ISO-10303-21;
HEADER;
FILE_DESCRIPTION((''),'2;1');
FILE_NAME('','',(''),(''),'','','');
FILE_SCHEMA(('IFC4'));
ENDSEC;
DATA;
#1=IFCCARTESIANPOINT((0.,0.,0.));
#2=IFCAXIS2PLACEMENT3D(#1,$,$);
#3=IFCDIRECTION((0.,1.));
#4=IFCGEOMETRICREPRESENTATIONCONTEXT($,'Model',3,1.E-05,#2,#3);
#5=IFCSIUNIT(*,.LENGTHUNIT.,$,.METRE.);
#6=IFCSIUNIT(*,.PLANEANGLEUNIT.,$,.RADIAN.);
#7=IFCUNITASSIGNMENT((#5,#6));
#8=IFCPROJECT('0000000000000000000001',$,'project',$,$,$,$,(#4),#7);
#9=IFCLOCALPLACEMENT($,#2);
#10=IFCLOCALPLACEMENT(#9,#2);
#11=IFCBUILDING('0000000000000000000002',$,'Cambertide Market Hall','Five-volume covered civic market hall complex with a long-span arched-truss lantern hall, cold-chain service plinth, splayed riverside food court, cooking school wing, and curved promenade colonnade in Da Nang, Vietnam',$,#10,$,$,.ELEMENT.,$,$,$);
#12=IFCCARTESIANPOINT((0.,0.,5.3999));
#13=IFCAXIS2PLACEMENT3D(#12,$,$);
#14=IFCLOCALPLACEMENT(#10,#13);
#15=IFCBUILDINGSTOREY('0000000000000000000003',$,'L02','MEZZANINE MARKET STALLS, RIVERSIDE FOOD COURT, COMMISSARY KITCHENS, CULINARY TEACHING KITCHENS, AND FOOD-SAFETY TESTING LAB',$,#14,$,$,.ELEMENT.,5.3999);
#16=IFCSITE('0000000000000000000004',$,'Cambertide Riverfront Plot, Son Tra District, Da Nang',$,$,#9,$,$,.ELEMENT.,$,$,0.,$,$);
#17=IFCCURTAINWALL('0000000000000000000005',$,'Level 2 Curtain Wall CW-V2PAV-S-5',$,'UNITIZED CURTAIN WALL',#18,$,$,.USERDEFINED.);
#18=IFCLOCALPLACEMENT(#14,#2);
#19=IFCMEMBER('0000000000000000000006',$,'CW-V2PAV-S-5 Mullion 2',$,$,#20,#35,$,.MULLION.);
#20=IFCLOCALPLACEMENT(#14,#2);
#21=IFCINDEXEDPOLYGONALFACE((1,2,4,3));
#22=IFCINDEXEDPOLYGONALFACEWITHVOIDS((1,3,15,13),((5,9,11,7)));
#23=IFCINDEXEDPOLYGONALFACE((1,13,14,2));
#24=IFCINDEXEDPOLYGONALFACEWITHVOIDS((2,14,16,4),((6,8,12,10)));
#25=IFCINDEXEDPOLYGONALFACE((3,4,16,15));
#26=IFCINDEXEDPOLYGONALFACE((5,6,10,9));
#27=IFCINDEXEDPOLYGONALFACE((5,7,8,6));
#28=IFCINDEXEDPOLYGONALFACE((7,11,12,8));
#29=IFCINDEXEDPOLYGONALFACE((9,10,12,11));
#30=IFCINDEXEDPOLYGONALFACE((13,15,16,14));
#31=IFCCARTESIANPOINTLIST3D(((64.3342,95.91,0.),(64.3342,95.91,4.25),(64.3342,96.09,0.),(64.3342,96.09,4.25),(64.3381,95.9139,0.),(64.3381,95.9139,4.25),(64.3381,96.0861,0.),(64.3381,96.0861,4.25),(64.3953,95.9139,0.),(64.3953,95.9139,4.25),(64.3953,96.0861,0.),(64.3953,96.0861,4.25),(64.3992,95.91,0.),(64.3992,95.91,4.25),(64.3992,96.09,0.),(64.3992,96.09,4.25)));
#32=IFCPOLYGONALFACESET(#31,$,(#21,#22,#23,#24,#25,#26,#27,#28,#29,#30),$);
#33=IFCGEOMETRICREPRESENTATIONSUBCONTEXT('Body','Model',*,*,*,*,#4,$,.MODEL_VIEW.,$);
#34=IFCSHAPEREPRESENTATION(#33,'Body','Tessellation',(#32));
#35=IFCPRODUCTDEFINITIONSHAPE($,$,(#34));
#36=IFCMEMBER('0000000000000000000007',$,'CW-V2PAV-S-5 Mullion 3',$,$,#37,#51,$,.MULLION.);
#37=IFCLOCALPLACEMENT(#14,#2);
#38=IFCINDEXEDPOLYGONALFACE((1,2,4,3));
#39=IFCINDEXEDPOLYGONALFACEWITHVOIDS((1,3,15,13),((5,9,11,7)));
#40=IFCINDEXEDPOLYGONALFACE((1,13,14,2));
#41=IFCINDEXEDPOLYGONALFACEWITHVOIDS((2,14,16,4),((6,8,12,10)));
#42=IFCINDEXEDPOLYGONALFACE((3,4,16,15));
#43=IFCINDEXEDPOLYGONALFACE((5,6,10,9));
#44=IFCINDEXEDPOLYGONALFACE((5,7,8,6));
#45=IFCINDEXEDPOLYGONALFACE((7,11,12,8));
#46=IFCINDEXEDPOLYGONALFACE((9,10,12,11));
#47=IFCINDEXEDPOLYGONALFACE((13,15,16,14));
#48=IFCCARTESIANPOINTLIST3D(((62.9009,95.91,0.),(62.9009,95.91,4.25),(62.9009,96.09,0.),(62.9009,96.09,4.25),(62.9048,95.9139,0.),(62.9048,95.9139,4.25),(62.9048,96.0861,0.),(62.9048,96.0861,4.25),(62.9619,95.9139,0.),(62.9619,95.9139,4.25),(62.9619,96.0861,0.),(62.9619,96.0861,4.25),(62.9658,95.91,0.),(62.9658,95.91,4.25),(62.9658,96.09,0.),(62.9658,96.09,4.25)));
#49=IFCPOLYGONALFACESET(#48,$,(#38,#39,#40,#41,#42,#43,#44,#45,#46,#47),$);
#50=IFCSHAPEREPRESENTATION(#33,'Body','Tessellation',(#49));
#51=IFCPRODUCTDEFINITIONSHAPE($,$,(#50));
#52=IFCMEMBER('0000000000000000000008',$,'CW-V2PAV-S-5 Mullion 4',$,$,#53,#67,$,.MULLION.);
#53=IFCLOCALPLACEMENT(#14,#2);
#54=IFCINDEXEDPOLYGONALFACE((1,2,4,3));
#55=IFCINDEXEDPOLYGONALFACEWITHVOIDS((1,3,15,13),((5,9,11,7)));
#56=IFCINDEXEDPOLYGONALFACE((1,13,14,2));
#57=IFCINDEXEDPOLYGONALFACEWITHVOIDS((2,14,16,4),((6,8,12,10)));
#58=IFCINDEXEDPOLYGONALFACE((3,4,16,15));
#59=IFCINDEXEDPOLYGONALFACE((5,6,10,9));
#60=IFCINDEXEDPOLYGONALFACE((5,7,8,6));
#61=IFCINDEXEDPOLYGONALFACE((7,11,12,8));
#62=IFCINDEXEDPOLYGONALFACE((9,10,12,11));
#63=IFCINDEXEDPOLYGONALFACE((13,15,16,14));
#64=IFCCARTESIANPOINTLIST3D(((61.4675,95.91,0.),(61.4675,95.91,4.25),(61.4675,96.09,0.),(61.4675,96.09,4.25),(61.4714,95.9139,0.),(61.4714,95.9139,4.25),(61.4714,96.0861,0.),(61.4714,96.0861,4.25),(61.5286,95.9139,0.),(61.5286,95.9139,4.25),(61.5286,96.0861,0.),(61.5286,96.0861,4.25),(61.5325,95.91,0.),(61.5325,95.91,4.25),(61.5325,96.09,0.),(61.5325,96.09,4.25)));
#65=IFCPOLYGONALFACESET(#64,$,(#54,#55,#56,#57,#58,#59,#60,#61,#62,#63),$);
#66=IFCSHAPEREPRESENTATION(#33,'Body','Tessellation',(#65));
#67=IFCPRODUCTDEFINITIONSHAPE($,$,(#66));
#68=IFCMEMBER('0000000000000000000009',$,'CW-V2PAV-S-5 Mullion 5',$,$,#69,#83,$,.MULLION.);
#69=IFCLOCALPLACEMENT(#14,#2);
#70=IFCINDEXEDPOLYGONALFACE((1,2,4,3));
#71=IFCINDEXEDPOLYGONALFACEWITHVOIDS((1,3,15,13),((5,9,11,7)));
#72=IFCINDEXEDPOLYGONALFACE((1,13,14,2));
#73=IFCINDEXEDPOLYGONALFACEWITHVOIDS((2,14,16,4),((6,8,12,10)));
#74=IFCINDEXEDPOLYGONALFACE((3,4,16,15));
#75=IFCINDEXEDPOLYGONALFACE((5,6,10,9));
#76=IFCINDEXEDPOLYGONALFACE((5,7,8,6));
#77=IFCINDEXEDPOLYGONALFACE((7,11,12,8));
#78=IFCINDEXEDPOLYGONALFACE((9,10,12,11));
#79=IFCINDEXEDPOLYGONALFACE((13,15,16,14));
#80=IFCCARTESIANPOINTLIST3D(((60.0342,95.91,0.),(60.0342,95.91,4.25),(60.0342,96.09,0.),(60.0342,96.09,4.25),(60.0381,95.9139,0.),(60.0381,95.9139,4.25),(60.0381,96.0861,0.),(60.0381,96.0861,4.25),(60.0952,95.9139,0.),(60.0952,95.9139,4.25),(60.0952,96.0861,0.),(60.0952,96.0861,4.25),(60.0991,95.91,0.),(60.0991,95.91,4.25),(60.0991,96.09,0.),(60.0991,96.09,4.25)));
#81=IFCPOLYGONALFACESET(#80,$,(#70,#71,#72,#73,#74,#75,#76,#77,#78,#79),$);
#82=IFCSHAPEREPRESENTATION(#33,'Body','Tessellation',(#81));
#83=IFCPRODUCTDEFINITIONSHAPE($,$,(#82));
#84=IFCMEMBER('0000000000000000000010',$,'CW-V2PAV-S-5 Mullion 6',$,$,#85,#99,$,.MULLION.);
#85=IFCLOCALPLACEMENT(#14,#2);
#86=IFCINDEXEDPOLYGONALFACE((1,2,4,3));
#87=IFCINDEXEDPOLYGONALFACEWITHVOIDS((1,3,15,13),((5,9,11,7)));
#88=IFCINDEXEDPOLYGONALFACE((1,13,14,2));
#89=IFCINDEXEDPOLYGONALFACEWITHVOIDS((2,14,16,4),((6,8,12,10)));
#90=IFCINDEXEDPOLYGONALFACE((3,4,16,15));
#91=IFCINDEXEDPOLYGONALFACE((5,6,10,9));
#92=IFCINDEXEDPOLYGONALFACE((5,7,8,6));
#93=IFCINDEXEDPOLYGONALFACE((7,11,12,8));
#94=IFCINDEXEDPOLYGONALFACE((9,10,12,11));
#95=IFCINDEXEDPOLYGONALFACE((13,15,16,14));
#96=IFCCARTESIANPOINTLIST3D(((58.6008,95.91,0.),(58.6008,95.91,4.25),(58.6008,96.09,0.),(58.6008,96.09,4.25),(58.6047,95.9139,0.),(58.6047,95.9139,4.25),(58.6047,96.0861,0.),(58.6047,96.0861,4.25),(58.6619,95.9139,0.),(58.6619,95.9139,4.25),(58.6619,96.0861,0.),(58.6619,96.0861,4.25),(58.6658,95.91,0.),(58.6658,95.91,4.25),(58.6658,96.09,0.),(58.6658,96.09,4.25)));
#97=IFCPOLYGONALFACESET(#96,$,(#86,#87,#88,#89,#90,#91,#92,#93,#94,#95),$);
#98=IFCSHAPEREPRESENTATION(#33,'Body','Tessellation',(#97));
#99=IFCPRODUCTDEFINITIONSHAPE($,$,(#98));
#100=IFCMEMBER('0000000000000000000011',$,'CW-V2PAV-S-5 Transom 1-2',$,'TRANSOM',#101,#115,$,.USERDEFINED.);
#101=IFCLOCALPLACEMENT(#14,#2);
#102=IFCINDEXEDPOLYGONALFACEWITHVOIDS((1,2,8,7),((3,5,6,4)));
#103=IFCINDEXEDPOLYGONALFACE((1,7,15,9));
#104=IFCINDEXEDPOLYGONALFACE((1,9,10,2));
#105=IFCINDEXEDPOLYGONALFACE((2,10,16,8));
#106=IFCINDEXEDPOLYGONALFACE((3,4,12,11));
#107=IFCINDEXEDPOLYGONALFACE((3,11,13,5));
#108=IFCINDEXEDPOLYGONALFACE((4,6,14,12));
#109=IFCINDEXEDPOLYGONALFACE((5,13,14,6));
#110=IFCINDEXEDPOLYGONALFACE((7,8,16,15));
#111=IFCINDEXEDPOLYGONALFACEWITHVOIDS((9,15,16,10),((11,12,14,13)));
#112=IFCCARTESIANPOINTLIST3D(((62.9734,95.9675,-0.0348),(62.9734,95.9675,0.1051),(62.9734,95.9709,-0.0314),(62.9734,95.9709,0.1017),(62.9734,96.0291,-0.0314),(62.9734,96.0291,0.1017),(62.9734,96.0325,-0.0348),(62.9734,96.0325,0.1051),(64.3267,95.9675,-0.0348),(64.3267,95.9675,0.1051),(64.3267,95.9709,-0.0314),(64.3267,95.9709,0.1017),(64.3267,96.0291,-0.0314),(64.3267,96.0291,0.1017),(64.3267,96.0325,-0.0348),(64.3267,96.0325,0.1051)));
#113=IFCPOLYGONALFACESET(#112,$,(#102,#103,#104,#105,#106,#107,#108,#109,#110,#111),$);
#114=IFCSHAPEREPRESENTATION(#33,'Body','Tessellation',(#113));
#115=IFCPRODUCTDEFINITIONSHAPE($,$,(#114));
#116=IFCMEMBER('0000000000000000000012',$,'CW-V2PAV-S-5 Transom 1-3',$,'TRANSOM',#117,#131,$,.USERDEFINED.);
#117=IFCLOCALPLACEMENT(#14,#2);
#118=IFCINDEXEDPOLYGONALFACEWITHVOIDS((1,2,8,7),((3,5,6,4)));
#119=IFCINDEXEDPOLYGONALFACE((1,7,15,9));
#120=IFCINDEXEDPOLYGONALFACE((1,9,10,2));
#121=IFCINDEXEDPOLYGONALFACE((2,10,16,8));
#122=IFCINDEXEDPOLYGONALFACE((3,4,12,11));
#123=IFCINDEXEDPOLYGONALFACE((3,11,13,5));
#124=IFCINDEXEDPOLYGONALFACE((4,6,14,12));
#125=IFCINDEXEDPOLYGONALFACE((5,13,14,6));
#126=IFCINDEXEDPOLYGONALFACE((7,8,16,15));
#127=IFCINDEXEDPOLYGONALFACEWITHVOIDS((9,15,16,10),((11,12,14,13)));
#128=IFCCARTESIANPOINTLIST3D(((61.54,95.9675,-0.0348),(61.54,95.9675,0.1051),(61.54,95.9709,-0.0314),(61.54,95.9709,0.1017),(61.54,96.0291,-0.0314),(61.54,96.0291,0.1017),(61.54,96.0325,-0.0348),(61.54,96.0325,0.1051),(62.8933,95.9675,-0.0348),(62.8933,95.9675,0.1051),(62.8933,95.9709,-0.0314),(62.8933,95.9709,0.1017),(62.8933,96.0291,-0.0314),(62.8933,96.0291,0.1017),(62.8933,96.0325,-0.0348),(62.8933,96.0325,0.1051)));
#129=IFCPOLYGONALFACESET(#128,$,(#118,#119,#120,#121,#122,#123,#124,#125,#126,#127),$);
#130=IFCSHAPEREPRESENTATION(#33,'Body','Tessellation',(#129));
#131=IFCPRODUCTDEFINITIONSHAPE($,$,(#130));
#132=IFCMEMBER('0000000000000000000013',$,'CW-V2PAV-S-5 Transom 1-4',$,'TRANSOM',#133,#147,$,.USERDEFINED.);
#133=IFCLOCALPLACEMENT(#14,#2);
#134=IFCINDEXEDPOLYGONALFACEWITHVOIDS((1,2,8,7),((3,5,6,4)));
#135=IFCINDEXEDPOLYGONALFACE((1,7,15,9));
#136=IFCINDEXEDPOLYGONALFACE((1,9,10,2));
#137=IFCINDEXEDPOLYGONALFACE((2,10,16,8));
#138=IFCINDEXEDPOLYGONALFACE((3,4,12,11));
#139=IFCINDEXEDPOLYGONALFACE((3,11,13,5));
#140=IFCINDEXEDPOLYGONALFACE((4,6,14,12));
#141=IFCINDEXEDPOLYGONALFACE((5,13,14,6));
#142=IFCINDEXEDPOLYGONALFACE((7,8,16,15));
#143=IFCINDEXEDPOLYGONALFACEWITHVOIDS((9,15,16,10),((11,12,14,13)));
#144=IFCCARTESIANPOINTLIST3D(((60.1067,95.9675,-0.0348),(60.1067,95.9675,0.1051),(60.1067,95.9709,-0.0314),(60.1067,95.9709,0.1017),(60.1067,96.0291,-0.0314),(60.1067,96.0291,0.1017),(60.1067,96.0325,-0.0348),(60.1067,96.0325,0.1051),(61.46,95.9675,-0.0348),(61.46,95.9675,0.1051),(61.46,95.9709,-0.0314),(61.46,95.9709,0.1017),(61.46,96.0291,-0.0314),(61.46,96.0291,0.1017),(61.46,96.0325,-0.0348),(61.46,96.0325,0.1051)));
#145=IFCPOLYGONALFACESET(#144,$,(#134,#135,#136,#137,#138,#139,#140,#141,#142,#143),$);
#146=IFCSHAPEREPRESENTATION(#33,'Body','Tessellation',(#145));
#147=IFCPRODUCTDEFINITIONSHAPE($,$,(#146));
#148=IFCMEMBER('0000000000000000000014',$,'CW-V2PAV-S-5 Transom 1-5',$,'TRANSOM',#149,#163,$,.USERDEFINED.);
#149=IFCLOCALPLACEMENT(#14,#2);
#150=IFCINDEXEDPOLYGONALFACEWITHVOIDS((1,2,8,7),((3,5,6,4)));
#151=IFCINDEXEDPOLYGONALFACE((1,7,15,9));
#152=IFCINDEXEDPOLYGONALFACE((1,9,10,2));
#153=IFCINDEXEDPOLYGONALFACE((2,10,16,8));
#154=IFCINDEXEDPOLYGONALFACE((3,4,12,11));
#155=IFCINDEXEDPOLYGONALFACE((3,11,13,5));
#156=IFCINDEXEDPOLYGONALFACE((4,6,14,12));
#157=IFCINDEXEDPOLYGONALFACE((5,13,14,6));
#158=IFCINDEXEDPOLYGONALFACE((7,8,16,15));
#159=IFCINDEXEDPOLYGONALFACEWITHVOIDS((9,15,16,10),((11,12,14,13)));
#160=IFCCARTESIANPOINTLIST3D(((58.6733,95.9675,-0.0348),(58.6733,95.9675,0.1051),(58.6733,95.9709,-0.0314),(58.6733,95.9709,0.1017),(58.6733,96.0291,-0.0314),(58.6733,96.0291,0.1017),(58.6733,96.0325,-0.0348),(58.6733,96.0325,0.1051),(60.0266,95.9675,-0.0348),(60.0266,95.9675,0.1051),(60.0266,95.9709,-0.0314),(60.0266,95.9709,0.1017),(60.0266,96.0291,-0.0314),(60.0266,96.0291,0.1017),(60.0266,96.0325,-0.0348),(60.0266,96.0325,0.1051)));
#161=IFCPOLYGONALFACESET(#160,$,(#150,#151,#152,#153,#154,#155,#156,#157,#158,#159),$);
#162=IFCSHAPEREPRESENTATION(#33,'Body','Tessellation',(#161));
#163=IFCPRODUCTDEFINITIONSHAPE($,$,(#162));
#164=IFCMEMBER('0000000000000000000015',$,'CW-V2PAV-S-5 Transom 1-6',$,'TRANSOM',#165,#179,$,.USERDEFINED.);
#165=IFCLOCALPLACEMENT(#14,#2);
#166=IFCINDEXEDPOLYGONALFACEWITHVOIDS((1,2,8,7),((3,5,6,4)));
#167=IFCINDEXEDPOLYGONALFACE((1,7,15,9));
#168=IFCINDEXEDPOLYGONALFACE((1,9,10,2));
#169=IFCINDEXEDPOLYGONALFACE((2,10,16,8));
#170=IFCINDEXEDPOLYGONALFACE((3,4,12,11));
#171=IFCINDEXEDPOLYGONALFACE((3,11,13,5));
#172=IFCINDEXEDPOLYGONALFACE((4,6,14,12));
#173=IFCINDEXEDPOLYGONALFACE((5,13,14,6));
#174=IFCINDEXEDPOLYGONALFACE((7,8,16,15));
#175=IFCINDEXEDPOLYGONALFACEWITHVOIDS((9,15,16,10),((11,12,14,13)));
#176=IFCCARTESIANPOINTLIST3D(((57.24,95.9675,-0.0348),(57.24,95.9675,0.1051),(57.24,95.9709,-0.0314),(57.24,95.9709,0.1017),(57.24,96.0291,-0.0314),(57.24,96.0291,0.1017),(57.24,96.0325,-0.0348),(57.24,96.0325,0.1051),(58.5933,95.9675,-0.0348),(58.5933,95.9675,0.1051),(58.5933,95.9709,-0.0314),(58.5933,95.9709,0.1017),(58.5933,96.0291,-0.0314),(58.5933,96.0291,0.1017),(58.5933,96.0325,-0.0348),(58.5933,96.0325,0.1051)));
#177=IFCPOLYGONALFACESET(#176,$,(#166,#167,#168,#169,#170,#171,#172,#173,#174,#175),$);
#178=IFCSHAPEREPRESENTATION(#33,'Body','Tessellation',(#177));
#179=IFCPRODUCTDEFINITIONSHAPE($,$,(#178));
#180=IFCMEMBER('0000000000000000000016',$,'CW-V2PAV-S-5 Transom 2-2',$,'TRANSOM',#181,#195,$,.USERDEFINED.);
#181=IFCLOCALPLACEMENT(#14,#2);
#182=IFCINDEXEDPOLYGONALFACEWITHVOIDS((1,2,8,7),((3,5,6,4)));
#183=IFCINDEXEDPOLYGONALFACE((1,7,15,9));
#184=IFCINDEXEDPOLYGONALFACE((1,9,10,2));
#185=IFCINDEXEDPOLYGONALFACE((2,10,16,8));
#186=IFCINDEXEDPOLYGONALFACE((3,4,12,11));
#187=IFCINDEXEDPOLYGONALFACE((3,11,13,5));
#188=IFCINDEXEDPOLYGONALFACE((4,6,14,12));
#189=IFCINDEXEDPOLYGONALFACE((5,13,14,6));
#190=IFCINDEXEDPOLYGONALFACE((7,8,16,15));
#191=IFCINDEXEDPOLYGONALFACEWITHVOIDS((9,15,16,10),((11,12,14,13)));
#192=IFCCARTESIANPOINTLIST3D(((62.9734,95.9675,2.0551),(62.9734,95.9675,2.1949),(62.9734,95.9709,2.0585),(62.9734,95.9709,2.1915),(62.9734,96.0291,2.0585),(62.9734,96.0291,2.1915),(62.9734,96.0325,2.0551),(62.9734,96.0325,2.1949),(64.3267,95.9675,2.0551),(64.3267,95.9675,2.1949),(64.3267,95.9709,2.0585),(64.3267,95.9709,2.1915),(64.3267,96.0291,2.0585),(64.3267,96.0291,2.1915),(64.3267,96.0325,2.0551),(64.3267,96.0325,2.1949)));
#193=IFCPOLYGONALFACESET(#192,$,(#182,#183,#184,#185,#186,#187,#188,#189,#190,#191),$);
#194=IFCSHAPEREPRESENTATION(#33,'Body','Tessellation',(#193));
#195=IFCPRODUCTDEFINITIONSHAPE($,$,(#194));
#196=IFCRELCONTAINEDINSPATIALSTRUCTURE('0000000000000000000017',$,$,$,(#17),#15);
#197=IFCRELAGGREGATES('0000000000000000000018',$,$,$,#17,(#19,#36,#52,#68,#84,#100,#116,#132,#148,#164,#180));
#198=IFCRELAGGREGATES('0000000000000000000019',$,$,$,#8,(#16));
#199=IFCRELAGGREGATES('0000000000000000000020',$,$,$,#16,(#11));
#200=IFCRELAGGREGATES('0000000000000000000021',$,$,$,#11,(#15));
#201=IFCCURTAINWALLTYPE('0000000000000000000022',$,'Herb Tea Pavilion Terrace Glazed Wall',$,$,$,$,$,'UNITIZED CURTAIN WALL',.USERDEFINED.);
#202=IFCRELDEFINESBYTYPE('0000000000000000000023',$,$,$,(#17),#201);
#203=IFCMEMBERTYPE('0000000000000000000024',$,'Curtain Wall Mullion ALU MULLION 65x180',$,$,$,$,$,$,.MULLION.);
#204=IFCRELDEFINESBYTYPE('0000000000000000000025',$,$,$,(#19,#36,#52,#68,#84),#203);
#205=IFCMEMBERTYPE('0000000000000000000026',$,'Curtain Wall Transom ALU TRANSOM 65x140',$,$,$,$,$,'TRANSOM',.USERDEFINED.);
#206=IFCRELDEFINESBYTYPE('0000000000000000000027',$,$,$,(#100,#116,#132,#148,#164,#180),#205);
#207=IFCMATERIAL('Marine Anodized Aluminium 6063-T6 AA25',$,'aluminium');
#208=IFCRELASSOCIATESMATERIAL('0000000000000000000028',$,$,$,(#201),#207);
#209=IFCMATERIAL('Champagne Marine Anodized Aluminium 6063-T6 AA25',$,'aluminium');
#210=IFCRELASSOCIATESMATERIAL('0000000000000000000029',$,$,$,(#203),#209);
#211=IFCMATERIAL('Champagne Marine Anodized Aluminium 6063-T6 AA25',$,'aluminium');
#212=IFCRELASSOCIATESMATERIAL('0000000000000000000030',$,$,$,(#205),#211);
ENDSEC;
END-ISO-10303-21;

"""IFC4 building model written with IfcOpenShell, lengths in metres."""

from ifc_helpers import new_model, si_unit, direction, frame, origin, origin_2d, place, context, subcontext, project, spatial, hollow_rectangle, extrude, material, material_profile, profile_set, type_object, element, aggregate, save


model = new_model("IFC4")

# Units and contexts
model_context = context("Model", 3, precision=1e-05, world=origin(), true_north=direction((0.0, 1.0)))
body_context = subcontext(model_context, "Body", "Model", "MODEL_VIEW")
ifc_project = project(units=[si_unit("LENGTHUNIT", "METRE"), si_unit("PLANEANGLEUNIT", "RADIAN")], contexts=[model_context])

# Site, building, storey
site_placement = place(None, origin())
site = spatial("IfcSite", under=ifc_project, at=site_placement, Name="Cambertide Riverfront Plot, Son Tra District, Da Nang", CompositionType="ELEMENT", RefElevation=0.0)
building_placement = place(site_placement, origin())
building = spatial("IfcBuilding", under=site, at=building_placement, Name="Cambertide Market Hall", Description="Five-volume covered civic market hall complex with a long-span arched-truss lantern hall, cold-chain service plinth, splayed riverside food court, cooking school wing, and curved promenade colonnade in Da Nang, Vietnam", CompositionType="ELEMENT")
storey_placement = place(building_placement, frame((0.0, 0.0, 5.3999)))
storey = spatial("IfcBuildingStorey", under=building, at=storey_placement, Name="L02", Description="MEZZANINE MARKET STALLS, RIVERSIDE FOOD COURT, COMMISSARY KITCHENS, CULINARY TEACHING KITCHENS, AND FOOD-SAFETY TESTING LAB", CompositionType="ELEMENT", Elevation=5.3999)

# Curtain wall, members
ifc_material_1 = material(Name="Marine Anodized Aluminium 6063-T6 AA25", Category="aluminium")
curtain_wall_type = type_object("IfcCurtainWallType", Name="Herb Tea Pavilion Terrace Glazed Wall", ElementType="UNITIZED CURTAIN WALL", PredefinedType="USERDEFINED", material=ifc_material_1)
curtain_wall_placement = place(storey_placement, origin())
curtain_wall = element("IfcCurtainWall", 1, at=curtain_wall_placement, inside=storey, type_object=curtain_wall_type, Name="Level 2 Curtain Wall CW-V2PAV-S-5", ObjectType="UNITIZED CURTAIN WALL", PredefinedType="USERDEFINED")
ifc_material_2 = material(Name="Champagne Marine Anodized Aluminium 6063-T6 AA25", Category="aluminium")
ifc_material_profile_1 = material_profile(ifc_material_2, hollow_rectangle(XDim=0.0649, YDim=0.1799, WallThickness=0.0039, at=origin_2d()), Name="ALU MULLION 65x180")
ifc_profile_set_1 = profile_set([ifc_material_profile_1], Name="Champagne Marine Anodized Aluminium 6063-T6 AA25")
member_type_1 = type_object("IfcMemberType", Name="Curtain Wall Mullion ALU MULLION 65x180", PredefinedType="MULLION", material=ifc_profile_set_1)
member_1_placement = place(storey_placement, frame((64.3667, 96.0, 0.0), z_axis=(0.0, 0.0, 1.0), x_axis=(-1.0, 0.0, 0.0)))
member_1 = element("IfcMember", 2, at=member_1_placement, type_object=member_type_1, Name="CW-V2PAV-S-5 Mullion 2", PredefinedType="MULLION", context=body_context, shape_type="SweptSolid", body=[
    extrude(hollow_rectangle(XDim=0.0649, YDim=0.1799, WallThickness=0.0039, at=origin_2d()), origin(), (0.0, 0.0, 1.0), 4.25),
])
member_2_placement = place(storey_placement, frame((62.9333, 96.0, 0.0), z_axis=(0.0, 0.0, 1.0), x_axis=(-1.0, 0.0, 0.0)))
member_2 = element("IfcMember", 3, at=member_2_placement, type_object=member_type_1, Name="CW-V2PAV-S-5 Mullion 3", PredefinedType="MULLION", context=body_context, shape_type="SweptSolid", body=[
    extrude(hollow_rectangle(XDim=0.0649, YDim=0.1799, WallThickness=0.0039, at=origin_2d()), origin(), (0.0, 0.0, 1.0), 4.25),
])
member_3_placement = place(storey_placement, frame((61.5, 96.0, 0.0), z_axis=(0.0, 0.0, 1.0), x_axis=(-1.0, 0.0, 0.0)))
member_3 = element("IfcMember", 4, at=member_3_placement, type_object=member_type_1, Name="CW-V2PAV-S-5 Mullion 4", PredefinedType="MULLION", context=body_context, shape_type="SweptSolid", body=[
    extrude(hollow_rectangle(XDim=0.0649, YDim=0.1799, WallThickness=0.0039, at=origin_2d()), origin(), (0.0, 0.0, 1.0), 4.25),
])
member_4_placement = place(storey_placement, frame((60.0667, 96.0, 0.0), z_axis=(0.0, 0.0, 1.0), x_axis=(-1.0, 0.0, 0.0)))
member_4 = element("IfcMember", 5, at=member_4_placement, type_object=member_type_1, Name="CW-V2PAV-S-5 Mullion 5", PredefinedType="MULLION", context=body_context, shape_type="SweptSolid", body=[
    extrude(hollow_rectangle(XDim=0.0649, YDim=0.1799, WallThickness=0.0039, at=origin_2d()), origin(), (0.0, 0.0, 1.0), 4.25),
])
member_5_placement = place(storey_placement, frame((58.6333, 96.0, 0.0), z_axis=(0.0, 0.0, 1.0), x_axis=(-1.0, 0.0, 0.0)))
member_5 = element("IfcMember", 6, at=member_5_placement, type_object=member_type_1, Name="CW-V2PAV-S-5 Mullion 6", PredefinedType="MULLION", context=body_context, shape_type="SweptSolid", body=[
    extrude(hollow_rectangle(XDim=0.0649, YDim=0.1799, WallThickness=0.0039, at=origin_2d()), origin(), (0.0, 0.0, 1.0), 4.25),
])
ifc_material_3 = material(Name="Champagne Marine Anodized Aluminium 6063-T6 AA25", Category="aluminium")
ifc_material_profile_2 = material_profile(ifc_material_3, hollow_rectangle(XDim=0.0649, YDim=0.1399, WallThickness=0.0034, at=origin_2d()), Name="ALU TRANSOM 65x140")
ifc_profile_set_2 = profile_set([ifc_material_profile_2], Name="Champagne Marine Anodized Aluminium 6063-T6 AA25")
member_type_2 = type_object("IfcMemberType", Name="Curtain Wall Transom ALU TRANSOM 65x140", ElementType="TRANSOM", PredefinedType="USERDEFINED", material=ifc_profile_set_2)
member_6_placement = place(storey_placement, frame((64.3267, 96.0, 0.0352), z_axis=(-1.0, 0.0, 0.0), x_axis=(0.0, -1.0, 0.0)))
member_6 = element("IfcMember", 7, at=member_6_placement, type_object=member_type_2, Name="CW-V2PAV-S-5 Transom 1-2", ObjectType="TRANSOM", PredefinedType="USERDEFINED", context=body_context, shape_type="SweptSolid", body=[
    extrude(hollow_rectangle(XDim=0.0649, YDim=0.1399, WallThickness=0.0034, at=origin_2d()), origin(), (0.0, 0.0, 1.0), 1.3533),
])
member_7_placement = place(storey_placement, frame((62.8933, 96.0, 0.0352), z_axis=(-1.0, 0.0, 0.0), x_axis=(0.0, -1.0, 0.0)))
member_7 = element("IfcMember", 8, at=member_7_placement, type_object=member_type_2, Name="CW-V2PAV-S-5 Transom 1-3", ObjectType="TRANSOM", PredefinedType="USERDEFINED", context=body_context, shape_type="SweptSolid", body=[
    extrude(hollow_rectangle(XDim=0.0649, YDim=0.1399, WallThickness=0.0034, at=origin_2d()), origin(), (0.0, 0.0, 1.0), 1.3533),
])
member_8_placement = place(storey_placement, frame((61.46, 96.0, 0.0352), z_axis=(-1.0, 0.0, 0.0), x_axis=(0.0, -1.0, 0.0)))
member_8 = element("IfcMember", 9, at=member_8_placement, type_object=member_type_2, Name="CW-V2PAV-S-5 Transom 1-4", ObjectType="TRANSOM", PredefinedType="USERDEFINED", context=body_context, shape_type="SweptSolid", body=[
    extrude(hollow_rectangle(XDim=0.0649, YDim=0.1399, WallThickness=0.0034, at=origin_2d()), origin(), (0.0, 0.0, 1.0), 1.3533),
])
member_9_placement = place(storey_placement, frame((60.0266, 96.0, 0.0352), z_axis=(-1.0, 0.0, 0.0), x_axis=(0.0, -1.0, 0.0)))
member_9 = element("IfcMember", 10, at=member_9_placement, type_object=member_type_2, Name="CW-V2PAV-S-5 Transom 1-5", ObjectType="TRANSOM", PredefinedType="USERDEFINED", context=body_context, shape_type="SweptSolid", body=[
    extrude(hollow_rectangle(XDim=0.0649, YDim=0.1399, WallThickness=0.0034, at=origin_2d()), origin(), (0.0, 0.0, 1.0), 1.3533),
])
member_10_placement = place(storey_placement, frame((58.5933, 96.0, 0.0352), z_axis=(-1.0, 0.0, 0.0), x_axis=(0.0, -1.0, 0.0)))
member_10 = element("IfcMember", 11, at=member_10_placement, type_object=member_type_2, Name="CW-V2PAV-S-5 Transom 1-6", ObjectType="TRANSOM", PredefinedType="USERDEFINED", context=body_context, shape_type="SweptSolid", body=[
    extrude(hollow_rectangle(XDim=0.0649, YDim=0.1399, WallThickness=0.0034, at=origin_2d()), origin(), (0.0, 0.0, 1.0), 1.3533),
])
member_11_placement = place(storey_placement, frame((64.3267, 96.0, 2.125), z_axis=(-1.0, 0.0, 0.0), x_axis=(0.0, -1.0, 0.0)))
member_11 = element("IfcMember", 12, at=member_11_placement, type_object=member_type_2, Name="CW-V2PAV-S-5 Transom 2-2", ObjectType="TRANSOM", PredefinedType="USERDEFINED", context=body_context, shape_type="SweptSolid", body=[
    extrude(hollow_rectangle(XDim=0.0649, YDim=0.1399, WallThickness=0.0034, at=origin_2d()), origin(), (0.0, 0.0, 1.0), 1.3533),
])
aggregate(curtain_wall, [member_1, member_2, member_3, member_4, member_5, member_6, member_7, member_8, member_9, member_10, member_11])

save(model, "model.ifc")
